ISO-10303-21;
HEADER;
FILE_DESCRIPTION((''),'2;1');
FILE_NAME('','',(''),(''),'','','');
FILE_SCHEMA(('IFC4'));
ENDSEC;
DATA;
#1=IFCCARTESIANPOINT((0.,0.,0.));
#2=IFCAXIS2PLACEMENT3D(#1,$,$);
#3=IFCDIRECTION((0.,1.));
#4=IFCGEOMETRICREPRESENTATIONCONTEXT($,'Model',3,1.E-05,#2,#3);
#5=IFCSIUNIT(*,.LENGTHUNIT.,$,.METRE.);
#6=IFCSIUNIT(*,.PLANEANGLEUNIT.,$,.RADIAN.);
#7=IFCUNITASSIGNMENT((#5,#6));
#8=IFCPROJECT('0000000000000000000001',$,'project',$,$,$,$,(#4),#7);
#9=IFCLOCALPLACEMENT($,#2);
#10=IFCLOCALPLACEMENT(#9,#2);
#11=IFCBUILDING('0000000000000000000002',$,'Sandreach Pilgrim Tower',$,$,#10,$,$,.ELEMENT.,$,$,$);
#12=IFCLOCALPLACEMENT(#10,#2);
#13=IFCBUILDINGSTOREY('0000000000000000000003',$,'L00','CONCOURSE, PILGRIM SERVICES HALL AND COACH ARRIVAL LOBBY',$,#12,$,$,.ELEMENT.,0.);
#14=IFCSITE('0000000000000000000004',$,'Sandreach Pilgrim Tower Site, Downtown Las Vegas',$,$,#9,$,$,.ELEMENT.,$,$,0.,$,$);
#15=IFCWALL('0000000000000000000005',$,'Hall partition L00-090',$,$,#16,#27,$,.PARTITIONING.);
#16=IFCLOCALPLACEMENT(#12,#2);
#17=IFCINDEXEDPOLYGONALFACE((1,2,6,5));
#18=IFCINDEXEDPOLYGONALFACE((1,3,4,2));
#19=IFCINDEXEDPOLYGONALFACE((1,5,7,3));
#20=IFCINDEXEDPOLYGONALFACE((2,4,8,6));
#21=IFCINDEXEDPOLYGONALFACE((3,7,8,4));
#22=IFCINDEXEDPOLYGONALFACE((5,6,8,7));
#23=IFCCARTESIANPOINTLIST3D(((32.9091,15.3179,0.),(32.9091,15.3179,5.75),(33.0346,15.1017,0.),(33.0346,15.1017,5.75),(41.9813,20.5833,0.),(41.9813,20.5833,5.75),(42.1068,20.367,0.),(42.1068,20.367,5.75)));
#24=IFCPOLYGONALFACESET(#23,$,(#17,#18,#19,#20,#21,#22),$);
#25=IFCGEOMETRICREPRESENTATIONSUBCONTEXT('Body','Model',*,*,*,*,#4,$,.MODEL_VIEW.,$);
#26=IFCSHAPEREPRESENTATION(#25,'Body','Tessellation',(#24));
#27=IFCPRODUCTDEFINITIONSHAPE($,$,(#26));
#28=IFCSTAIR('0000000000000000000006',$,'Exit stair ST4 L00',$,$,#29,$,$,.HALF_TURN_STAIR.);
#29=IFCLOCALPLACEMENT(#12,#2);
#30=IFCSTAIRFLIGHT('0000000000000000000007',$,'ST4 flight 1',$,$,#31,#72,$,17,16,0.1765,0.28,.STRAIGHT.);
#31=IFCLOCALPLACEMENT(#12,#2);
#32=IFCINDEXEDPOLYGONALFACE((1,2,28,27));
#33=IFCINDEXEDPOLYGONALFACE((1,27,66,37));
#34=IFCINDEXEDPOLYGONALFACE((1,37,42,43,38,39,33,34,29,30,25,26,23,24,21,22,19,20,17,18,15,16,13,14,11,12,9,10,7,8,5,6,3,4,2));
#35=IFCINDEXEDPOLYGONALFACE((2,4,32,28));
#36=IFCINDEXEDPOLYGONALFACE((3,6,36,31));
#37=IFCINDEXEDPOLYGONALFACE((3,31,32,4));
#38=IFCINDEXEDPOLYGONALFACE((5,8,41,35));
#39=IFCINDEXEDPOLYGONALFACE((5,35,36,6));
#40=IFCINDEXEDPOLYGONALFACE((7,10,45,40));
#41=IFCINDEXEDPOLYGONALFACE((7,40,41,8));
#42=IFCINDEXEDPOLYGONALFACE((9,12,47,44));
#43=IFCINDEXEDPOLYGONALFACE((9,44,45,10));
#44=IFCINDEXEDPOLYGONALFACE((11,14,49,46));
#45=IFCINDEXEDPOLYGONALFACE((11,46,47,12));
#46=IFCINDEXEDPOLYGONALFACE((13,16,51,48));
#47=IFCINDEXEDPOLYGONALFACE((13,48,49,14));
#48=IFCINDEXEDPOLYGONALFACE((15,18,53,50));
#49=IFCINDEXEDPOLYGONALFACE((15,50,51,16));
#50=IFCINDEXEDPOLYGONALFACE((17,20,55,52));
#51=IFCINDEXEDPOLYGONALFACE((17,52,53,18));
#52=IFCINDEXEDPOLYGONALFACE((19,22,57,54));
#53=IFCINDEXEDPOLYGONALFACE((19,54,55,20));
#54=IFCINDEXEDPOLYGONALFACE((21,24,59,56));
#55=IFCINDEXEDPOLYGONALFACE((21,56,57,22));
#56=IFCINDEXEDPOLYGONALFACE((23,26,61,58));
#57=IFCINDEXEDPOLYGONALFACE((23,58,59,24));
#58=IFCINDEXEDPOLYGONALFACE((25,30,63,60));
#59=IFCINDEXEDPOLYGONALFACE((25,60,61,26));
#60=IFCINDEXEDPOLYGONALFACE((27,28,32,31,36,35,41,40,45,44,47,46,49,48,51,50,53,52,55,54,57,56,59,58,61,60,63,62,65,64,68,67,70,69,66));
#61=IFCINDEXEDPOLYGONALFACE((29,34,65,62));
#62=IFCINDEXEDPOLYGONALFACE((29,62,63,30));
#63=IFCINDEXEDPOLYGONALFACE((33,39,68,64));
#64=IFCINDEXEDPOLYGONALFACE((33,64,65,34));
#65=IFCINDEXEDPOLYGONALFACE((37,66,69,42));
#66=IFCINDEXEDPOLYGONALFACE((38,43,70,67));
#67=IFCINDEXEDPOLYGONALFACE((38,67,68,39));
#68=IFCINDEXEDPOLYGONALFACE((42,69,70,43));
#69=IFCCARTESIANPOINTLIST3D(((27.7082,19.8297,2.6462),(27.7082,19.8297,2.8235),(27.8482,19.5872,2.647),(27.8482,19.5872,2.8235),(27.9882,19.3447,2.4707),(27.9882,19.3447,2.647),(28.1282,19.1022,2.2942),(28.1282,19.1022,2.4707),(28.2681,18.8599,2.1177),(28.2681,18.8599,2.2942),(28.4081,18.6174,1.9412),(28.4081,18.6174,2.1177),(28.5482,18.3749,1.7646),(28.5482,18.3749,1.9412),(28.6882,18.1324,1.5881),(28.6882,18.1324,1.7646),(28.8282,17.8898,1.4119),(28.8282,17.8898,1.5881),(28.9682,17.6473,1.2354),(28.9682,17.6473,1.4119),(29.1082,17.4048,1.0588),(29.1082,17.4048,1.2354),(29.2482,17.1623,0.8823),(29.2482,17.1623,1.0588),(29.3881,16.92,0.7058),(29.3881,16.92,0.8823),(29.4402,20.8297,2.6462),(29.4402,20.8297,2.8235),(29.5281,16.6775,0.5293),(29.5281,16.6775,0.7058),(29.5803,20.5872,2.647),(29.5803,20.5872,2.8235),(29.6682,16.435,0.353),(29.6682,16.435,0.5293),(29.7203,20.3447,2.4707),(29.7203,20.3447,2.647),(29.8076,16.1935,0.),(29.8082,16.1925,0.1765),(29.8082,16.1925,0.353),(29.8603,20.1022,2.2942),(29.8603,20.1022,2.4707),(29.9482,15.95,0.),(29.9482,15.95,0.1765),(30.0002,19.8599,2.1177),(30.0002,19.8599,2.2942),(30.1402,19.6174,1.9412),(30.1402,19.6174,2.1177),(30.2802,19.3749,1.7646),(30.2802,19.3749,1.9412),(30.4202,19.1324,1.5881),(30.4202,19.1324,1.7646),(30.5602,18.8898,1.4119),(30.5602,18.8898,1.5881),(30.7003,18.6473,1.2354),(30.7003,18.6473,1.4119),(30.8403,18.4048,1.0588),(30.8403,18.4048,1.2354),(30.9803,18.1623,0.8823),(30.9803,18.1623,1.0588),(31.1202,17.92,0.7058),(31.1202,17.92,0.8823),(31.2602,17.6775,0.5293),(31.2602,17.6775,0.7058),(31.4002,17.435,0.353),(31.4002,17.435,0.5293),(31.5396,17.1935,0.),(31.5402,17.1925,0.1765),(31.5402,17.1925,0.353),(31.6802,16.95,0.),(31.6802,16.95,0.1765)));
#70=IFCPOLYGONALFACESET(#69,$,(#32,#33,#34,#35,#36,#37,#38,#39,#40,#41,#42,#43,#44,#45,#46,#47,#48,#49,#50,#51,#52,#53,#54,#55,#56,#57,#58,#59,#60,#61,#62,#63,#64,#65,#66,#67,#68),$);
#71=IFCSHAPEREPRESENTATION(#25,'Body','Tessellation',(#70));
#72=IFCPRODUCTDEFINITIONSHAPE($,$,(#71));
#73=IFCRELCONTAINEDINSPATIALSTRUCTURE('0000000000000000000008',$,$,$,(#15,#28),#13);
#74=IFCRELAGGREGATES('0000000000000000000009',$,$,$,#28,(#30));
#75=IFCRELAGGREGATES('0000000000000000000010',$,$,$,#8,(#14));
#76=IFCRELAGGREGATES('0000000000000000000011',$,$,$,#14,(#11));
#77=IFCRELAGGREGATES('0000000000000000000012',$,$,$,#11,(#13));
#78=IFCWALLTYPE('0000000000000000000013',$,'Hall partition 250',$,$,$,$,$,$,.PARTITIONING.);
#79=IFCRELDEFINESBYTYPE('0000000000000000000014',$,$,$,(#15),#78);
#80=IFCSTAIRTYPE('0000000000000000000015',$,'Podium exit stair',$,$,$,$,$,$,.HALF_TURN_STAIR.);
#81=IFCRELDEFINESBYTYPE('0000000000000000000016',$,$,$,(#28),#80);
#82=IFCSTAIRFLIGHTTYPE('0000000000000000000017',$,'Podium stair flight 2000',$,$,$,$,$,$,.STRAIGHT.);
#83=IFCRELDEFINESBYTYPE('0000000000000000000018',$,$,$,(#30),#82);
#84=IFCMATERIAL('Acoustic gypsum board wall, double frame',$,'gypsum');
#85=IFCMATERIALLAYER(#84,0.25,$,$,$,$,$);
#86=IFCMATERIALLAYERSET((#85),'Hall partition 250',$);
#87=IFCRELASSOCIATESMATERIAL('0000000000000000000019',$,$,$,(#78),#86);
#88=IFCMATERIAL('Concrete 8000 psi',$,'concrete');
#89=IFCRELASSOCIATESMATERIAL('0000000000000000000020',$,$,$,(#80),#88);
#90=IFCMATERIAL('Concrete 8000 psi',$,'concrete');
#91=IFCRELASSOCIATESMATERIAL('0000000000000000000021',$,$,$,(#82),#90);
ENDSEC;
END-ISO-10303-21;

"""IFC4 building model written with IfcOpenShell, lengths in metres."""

from ifc_helpers import new_model, si_unit, direction, frame, frame_2d, origin, place, context, subcontext, project, spatial, polyline, rectangle, outline, extrude, material, layer, layer_set, type_object, element, aggregate, save


model = new_model("IFC4")

# Units and contexts
model_context = context("Model", 3, precision=1e-05, world=origin(), true_north=direction((0.0, 1.0)))
body_context = subcontext(model_context, "Body", "Model", "MODEL_VIEW")
ifc_project = project(units=[si_unit("LENGTHUNIT", "METRE"), si_unit("PLANEANGLEUNIT", "RADIAN")], contexts=[model_context])

# Site, building, storey
site_placement = place(None, origin())
site = spatial("IfcSite", under=ifc_project, at=site_placement, Name="Sandreach Pilgrim Tower Site, Downtown Las Vegas", CompositionType="ELEMENT", RefElevation=0.0)
building_placement = place(site_placement, origin())
building = spatial("IfcBuilding", under=site, at=building_placement, Name="Sandreach Pilgrim Tower", CompositionType="ELEMENT")
storey_placement = place(building_placement, origin())
storey = spatial("IfcBuildingStorey", under=building, at=storey_placement, Name="L00", Description="CONCOURSE, PILGRIM SERVICES HALL AND COACH ARRIVAL LOBBY", CompositionType="ELEMENT", Elevation=0.0)

# Wall
ifc_material_1 = material(Name="Acoustic gypsum board wall, double frame", Category="gypsum")
ifc_layer_1 = layer(ifc_material_1, 0.25)
ifc_layer_set_1 = layer_set([ifc_layer_1], Name="Hall partition 250")
wall_type_1 = type_object("IfcWallType", Name="Hall partition 250", PredefinedType="PARTITIONING", material=ifc_layer_set_1)
wall_1_placement = place(storey_placement, frame((42.0439, 20.4751, 0.0), z_axis=(0.0, 0.0, 1.0), x_axis=(-0.864888, -0.501965, 0.0)))
element("IfcWall", 1, at=wall_1_placement, inside=storey, type_object=wall_type_1, Name="Hall partition L00-090", PredefinedType="PARTITIONING", context=body_context, shape_type="SweptSolid", body=[
    extrude(rectangle(XDim=10.4895, YDim=0.25, at=frame_2d((5.2446, 0.0))), origin(), (0.0, 0.0, 1.0), 5.75),
])

# Stair, stair flight
ifc_material_2 = material(Name="Concrete 8000 psi", Category="concrete")
stair_type = type_object("IfcStairType", Name="Podium exit stair", PredefinedType="HALF_TURN_STAIR", material=ifc_material_2)
stair_placement = place(storey_placement, origin())
stair = element("IfcStair", 2, at=stair_placement, inside=storey, type_object=stair_type, Name="Exit stair ST4 L00", PredefinedType="HALF_TURN_STAIR")
ifc_material_3 = material(Name="Concrete 8000 psi", Category="concrete")
stair_flight_type = type_object("IfcStairFlightType", Name="Podium stair flight 2000", PredefinedType="STRAIGHT", material=ifc_material_3)
stair_flight_placement = place(storey_placement, frame((30.8142, 16.45, 0.0), z_axis=(0.0, 0.0, 1.0), x_axis=(-0.5, 0.866025, 0.0)))
stair_flight = element("IfcStairFlight", 3, at=stair_flight_placement, type_object=stair_flight_type, Name="ST4 flight 1", NumberOfRisers=17, NumberOfTreads=16, PredefinedType="STRAIGHT", RiserHeight=0.1765, TreadLength=0.28, context=body_context, shape_type="SweptSolid", body=[
    extrude(outline(polyline([(0.0, 0.0), (0.0, 0.1765), (0.28, 0.1765), (0.28, 0.353), (0.5601, 0.353), (0.5601, 0.5293), (0.8401, 0.5293), (0.8401, 0.7058), (1.1201, 0.7058), (1.1201, 0.8823), (1.3999, 0.8823), (1.3999, 1.0588), (1.6799, 1.0588), (1.6799, 1.2354), (1.96, 1.2354), (1.96, 1.4119), (2.24, 1.4119), (2.24, 1.5881), (2.52, 1.5881), (2.52, 1.7646), (2.8, 1.7646), (2.8, 1.9412), (3.0801, 1.9412), (3.0801, 2.1177), (3.3601, 2.1177), (3.3601, 2.2942), (3.6399, 2.2942), (3.6399, 2.4707), (3.9199, 2.4707), (3.9199, 2.647), (4.2, 2.647), (4.2, 2.8235), (4.48, 2.8235), (4.48, 3.0), (4.48, 2.6462), (0.2812, 0.0), (0.0, 0.0)])), frame((0.0, 1.0, 0.0), z_axis=(0.0, -1.0, 0.0), x_axis=(1.0, 0.0, 0.0)), (0.0, 0.0, 1.0), 2.0),
])
aggregate(stair, [stair_flight])

save(model, "model.ifc")
